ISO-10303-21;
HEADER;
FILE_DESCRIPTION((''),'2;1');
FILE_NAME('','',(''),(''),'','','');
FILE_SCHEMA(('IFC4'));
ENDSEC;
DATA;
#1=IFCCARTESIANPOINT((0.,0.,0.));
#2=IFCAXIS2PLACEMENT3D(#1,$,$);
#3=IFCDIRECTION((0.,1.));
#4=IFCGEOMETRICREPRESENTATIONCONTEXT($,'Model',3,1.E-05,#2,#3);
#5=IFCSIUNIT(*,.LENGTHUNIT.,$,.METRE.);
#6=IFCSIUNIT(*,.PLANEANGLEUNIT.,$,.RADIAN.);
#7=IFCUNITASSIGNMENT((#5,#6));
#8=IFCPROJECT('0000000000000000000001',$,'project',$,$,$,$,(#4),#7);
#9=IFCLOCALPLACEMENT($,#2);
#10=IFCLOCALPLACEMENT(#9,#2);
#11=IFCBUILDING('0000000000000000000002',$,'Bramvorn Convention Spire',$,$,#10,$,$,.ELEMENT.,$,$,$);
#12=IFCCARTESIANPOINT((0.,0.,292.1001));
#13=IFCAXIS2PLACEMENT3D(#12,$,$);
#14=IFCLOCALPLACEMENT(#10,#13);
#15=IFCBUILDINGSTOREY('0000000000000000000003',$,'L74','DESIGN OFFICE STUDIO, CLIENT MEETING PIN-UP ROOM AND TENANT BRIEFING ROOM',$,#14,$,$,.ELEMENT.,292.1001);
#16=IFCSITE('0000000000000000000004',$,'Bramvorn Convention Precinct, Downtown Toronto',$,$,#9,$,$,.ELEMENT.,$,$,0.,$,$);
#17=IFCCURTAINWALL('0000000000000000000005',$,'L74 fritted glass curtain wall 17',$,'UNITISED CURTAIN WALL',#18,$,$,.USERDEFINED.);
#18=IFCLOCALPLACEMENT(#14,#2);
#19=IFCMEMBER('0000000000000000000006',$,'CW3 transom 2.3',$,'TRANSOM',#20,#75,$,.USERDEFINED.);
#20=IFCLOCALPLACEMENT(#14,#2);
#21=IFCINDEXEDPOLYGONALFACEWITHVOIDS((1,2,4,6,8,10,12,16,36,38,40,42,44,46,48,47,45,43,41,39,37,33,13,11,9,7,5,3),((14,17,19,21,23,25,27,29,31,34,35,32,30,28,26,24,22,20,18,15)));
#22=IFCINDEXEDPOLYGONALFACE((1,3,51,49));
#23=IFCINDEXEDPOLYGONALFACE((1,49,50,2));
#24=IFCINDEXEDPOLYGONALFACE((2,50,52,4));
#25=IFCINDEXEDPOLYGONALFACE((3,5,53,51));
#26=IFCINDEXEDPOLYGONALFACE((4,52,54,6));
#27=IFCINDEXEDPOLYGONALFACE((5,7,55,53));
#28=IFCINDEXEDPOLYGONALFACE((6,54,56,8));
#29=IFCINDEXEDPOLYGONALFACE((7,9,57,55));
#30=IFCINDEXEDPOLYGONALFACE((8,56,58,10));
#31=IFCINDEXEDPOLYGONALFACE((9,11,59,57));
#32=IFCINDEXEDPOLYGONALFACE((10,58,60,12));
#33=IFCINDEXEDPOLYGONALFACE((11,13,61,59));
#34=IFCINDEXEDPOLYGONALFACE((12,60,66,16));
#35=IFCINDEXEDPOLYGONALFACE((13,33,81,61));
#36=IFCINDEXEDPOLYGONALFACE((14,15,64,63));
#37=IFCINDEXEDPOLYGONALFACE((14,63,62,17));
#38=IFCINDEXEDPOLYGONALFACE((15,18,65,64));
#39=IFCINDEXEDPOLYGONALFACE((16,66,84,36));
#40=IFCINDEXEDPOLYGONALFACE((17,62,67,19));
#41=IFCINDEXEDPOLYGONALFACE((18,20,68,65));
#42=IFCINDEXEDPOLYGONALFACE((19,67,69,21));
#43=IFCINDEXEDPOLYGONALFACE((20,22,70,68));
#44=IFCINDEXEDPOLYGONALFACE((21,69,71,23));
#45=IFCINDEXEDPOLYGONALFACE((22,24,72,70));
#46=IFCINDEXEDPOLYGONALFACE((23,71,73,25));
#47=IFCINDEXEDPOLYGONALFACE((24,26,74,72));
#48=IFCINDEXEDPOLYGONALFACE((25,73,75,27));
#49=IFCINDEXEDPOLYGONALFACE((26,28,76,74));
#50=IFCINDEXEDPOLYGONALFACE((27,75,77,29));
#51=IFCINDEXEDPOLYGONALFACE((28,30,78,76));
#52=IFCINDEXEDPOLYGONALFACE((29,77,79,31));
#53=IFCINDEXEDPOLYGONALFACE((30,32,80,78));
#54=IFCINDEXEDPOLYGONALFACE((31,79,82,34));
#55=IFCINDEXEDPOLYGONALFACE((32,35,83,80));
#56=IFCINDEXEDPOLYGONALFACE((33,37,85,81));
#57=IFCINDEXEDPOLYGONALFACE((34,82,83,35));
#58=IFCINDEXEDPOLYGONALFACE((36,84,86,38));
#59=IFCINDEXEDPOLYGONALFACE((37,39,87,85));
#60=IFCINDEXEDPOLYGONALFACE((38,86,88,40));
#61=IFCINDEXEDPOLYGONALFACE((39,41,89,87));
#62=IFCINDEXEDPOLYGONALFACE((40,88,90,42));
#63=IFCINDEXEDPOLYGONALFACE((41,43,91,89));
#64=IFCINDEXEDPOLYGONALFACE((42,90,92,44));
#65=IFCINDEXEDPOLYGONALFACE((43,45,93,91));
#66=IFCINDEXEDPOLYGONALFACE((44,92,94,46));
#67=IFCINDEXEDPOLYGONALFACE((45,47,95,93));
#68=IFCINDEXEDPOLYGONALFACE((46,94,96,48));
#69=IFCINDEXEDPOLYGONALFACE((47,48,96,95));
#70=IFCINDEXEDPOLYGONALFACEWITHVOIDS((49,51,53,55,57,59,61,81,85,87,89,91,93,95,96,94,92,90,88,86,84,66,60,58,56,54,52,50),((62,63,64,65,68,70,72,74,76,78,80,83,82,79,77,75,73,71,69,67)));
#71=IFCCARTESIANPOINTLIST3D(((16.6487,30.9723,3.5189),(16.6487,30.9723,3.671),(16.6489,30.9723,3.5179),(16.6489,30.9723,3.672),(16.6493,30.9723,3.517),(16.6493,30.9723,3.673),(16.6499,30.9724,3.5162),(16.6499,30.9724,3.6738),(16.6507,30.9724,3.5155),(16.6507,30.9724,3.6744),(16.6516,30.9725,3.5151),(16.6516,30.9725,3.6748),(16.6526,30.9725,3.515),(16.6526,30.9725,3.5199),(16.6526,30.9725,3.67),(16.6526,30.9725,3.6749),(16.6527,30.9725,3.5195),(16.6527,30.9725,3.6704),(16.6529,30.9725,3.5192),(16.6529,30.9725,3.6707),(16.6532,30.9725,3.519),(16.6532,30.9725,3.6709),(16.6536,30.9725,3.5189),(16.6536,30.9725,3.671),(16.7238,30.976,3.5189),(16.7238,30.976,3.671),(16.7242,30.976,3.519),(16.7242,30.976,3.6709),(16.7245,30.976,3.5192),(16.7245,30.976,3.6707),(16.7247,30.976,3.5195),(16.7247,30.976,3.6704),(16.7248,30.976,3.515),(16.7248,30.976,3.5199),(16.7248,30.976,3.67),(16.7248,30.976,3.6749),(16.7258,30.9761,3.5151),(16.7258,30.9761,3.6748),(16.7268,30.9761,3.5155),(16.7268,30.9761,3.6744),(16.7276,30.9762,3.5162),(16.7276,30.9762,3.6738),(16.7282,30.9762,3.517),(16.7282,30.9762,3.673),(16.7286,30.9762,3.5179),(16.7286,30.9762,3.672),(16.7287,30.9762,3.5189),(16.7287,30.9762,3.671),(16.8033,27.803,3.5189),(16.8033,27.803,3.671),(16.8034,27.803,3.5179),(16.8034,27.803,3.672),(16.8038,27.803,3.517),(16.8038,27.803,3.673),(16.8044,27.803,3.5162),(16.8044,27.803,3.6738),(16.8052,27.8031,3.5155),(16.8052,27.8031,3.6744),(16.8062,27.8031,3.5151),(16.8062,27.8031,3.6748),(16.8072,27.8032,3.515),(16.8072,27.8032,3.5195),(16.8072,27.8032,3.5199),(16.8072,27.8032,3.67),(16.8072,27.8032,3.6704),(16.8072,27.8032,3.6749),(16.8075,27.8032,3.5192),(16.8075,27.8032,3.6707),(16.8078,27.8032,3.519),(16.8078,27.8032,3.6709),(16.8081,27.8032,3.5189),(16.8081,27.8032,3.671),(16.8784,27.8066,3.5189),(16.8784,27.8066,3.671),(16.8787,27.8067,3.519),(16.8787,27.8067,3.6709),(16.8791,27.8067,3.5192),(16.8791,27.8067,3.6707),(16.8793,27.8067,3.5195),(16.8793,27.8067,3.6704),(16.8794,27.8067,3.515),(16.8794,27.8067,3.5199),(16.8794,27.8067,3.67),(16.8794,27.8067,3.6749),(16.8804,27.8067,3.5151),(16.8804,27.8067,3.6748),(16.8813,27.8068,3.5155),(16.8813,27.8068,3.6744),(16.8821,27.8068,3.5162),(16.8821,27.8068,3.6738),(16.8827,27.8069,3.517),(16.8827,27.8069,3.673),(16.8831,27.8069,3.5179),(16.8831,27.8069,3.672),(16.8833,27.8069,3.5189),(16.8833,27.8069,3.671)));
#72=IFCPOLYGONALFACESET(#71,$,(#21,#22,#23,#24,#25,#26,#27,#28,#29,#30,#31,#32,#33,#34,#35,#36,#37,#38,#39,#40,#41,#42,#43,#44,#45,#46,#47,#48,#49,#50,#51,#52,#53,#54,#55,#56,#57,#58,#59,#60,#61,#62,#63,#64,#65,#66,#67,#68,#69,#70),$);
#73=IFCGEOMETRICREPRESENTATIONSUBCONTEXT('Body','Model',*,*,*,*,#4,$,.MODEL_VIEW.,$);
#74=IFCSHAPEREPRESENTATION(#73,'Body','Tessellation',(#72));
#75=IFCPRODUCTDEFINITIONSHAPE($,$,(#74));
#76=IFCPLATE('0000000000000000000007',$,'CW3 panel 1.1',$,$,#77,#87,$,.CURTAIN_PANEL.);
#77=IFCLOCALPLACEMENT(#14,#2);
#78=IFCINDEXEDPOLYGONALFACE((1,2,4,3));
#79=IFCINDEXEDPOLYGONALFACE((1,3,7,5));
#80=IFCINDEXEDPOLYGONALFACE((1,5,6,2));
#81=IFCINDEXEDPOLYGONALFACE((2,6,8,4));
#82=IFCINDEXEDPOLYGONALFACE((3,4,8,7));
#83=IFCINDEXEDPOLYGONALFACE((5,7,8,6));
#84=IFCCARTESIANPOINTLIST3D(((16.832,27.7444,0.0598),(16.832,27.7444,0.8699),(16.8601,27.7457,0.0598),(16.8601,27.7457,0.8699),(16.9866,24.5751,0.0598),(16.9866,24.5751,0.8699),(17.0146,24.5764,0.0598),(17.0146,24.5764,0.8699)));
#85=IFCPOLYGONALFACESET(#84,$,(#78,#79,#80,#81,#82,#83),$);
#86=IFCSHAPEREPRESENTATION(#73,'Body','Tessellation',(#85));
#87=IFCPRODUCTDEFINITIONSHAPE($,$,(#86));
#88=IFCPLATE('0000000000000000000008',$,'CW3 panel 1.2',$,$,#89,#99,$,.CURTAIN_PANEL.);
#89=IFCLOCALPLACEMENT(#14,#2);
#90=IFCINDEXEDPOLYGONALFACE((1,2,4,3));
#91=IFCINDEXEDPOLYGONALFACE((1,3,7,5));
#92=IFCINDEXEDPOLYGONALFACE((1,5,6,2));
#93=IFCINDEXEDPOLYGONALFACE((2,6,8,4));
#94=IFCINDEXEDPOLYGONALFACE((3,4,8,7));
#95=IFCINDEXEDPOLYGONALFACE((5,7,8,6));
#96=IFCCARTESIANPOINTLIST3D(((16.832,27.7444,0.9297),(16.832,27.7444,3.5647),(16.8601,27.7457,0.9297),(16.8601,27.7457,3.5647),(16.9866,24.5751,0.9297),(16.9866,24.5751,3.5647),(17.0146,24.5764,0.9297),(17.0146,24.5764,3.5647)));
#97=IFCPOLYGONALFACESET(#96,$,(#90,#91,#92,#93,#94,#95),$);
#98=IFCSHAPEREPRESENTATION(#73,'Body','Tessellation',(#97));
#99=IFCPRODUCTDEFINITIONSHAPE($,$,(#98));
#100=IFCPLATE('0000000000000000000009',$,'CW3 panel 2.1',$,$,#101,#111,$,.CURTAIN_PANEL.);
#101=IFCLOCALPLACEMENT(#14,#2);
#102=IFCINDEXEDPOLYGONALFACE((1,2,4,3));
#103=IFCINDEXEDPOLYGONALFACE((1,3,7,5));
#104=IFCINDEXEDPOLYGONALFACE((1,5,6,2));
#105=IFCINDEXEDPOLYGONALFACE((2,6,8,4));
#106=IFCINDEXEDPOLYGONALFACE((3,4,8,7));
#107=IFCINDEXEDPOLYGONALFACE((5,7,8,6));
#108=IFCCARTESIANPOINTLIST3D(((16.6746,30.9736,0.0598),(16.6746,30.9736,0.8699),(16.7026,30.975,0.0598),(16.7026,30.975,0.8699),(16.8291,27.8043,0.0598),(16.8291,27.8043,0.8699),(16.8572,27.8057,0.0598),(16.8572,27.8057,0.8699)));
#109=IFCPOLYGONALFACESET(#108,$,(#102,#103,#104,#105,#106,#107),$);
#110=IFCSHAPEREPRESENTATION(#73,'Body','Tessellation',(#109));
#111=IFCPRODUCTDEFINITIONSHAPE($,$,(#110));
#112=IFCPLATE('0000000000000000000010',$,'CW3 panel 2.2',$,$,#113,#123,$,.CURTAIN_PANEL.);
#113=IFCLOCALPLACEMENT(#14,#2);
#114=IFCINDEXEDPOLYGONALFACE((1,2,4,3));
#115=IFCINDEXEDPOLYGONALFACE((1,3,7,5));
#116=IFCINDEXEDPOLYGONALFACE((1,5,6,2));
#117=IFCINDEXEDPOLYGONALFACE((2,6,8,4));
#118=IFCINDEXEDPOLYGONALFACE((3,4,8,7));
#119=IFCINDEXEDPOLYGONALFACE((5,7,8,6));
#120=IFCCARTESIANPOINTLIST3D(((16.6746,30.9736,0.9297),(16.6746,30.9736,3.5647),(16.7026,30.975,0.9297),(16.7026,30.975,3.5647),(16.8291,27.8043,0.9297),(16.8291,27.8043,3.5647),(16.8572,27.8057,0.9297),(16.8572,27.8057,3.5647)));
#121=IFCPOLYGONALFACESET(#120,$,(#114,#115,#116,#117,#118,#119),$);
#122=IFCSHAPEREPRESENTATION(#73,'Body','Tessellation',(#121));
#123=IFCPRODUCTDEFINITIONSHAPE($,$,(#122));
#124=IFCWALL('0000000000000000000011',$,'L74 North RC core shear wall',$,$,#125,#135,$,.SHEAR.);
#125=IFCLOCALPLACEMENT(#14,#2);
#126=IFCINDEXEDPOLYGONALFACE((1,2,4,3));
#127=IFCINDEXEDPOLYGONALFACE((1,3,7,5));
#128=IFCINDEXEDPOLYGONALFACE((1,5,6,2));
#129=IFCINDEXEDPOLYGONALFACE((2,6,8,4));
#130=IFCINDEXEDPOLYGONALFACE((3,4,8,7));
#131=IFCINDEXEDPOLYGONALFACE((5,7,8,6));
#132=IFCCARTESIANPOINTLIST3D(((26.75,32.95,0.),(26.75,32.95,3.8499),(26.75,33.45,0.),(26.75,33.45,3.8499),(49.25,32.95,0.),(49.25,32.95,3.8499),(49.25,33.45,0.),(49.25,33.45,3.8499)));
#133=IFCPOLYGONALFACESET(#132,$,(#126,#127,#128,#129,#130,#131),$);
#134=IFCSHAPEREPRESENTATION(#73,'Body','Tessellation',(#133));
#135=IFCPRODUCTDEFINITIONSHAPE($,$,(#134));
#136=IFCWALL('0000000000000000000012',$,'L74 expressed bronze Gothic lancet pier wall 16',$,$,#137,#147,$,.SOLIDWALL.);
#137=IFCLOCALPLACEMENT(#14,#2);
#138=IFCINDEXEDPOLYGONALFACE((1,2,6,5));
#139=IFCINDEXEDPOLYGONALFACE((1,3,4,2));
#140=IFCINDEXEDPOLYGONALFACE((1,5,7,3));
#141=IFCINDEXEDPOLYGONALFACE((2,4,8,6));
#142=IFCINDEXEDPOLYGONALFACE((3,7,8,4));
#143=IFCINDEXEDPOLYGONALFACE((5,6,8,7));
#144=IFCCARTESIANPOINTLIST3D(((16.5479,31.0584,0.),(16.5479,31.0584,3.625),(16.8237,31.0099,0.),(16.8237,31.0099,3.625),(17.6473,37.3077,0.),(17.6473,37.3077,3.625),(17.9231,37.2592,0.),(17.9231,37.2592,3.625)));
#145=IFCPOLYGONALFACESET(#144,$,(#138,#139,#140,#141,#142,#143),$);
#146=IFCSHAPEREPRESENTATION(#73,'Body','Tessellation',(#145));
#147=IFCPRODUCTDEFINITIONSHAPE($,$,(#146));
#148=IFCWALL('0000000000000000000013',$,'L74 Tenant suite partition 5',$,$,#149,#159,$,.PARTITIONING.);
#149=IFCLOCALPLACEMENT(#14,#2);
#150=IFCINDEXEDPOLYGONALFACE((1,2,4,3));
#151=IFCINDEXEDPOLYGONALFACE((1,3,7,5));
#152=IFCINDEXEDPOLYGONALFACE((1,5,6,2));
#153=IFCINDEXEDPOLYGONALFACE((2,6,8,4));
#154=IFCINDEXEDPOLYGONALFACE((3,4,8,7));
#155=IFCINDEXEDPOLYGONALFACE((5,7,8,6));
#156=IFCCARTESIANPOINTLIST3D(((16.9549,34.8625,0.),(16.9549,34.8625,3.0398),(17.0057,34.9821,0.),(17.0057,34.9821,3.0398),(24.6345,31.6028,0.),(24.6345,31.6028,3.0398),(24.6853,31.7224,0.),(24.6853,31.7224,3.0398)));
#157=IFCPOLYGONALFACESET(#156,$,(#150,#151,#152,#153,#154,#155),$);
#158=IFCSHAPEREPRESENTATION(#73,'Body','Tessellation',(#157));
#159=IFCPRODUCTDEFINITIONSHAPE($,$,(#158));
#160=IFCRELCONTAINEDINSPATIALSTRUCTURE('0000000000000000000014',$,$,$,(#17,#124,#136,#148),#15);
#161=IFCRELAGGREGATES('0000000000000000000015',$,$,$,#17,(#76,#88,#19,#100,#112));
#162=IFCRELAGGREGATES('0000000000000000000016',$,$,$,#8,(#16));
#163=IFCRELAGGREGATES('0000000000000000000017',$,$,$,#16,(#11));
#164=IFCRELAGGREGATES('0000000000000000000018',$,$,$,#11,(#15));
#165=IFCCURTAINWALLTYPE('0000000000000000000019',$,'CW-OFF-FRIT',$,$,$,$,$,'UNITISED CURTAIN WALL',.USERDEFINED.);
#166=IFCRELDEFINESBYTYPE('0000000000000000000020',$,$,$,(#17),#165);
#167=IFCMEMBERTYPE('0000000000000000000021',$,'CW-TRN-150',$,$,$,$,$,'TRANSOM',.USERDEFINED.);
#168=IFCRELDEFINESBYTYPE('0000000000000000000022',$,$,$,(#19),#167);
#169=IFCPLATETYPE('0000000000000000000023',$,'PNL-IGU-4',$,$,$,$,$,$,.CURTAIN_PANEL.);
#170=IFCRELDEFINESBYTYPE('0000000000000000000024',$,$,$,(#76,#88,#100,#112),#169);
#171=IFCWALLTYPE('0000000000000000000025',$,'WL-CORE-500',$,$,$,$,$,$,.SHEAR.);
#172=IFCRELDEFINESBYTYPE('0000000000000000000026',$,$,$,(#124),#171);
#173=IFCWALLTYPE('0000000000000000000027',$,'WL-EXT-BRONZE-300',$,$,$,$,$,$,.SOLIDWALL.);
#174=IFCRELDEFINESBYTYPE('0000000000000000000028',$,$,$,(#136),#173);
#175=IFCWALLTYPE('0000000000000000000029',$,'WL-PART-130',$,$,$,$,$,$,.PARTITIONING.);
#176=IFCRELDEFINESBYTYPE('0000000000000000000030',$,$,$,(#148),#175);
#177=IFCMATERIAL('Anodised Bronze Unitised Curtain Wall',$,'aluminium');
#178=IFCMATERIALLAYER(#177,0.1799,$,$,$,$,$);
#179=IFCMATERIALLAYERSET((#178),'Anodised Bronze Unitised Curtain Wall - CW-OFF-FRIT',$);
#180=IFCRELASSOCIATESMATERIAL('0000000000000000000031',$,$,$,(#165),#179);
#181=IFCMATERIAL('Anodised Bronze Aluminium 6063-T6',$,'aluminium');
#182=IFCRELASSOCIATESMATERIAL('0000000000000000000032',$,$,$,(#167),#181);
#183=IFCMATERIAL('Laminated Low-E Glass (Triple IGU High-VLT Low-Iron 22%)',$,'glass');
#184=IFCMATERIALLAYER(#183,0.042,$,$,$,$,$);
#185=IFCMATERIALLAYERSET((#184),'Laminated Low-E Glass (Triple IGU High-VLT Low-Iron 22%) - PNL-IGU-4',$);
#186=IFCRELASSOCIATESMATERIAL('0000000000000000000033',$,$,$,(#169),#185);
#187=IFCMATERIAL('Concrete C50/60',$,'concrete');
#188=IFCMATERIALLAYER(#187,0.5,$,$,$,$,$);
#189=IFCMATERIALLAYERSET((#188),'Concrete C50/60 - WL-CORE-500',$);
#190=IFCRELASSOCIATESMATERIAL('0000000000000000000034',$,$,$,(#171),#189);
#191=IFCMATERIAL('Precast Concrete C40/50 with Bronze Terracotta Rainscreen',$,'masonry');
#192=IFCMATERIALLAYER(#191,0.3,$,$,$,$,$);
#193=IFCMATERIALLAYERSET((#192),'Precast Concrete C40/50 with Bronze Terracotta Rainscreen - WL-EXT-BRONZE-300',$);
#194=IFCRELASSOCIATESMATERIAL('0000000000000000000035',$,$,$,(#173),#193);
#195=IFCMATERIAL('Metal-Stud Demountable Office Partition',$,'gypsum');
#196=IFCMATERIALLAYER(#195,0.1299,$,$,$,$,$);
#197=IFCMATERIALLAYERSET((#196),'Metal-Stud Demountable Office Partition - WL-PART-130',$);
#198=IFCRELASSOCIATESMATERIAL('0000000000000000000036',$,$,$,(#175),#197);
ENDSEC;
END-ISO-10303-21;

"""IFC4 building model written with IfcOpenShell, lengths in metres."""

from ifc_helpers import new_model, si_unit, direction, frame, frame_2d, origin, origin_2d, place, context, subcontext, project, spatial, rectangle, hollow_rectangle, extrude, material, layer, layer_set, material_profile, profile_set, type_object, element, aggregate, save


model = new_model("IFC4")

# Units and contexts
model_context = context("Model", 3, precision=1e-05, world=origin(), true_north=direction((0.0, 1.0)))
body_context = subcontext(model_context, "Body", "Model", "MODEL_VIEW")
ifc_project = project(units=[si_unit("LENGTHUNIT", "METRE"), si_unit("PLANEANGLEUNIT", "RADIAN")], contexts=[model_context])

# Site, building, storey
site_placement = place(None, origin())
site = spatial("IfcSite", under=ifc_project, at=site_placement, Name="Bramvorn Convention Precinct, Downtown Toronto", CompositionType="ELEMENT", RefElevation=0.0)
building_placement = place(site_placement, origin())
building = spatial("IfcBuilding", under=site, at=building_placement, Name="Bramvorn Convention Spire", CompositionType="ELEMENT")
storey_placement = place(building_placement, frame((0.0, 0.0, 292.1001)))
storey = spatial("IfcBuildingStorey", under=building, at=storey_placement, Name="L74", Description="DESIGN OFFICE STUDIO, CLIENT MEETING PIN-UP ROOM AND TENANT BRIEFING ROOM", CompositionType="ELEMENT", Elevation=292.1001)

# Curtain wall, member, plates
ifc_material_1 = material(Name="Anodised Bronze Unitised Curtain Wall", Category="aluminium")
ifc_layer_1 = layer(ifc_material_1, 0.1799)
ifc_layer_set_1 = layer_set([ifc_layer_1], Name="Anodised Bronze Unitised Curtain Wall - CW-OFF-FRIT")
curtain_wall_type = type_object("IfcCurtainWallType", Name="CW-OFF-FRIT", ElementType="UNITISED CURTAIN WALL", PredefinedType="USERDEFINED", material=ifc_layer_set_1)
curtain_wall_placement = place(storey_placement, origin())
curtain_wall = element("IfcCurtainWall", 1, at=curtain_wall_placement, inside=storey, type_object=curtain_wall_type, Name="L74 fritted glass curtain wall 17", ObjectType="UNITISED CURTAIN WALL", PredefinedType="USERDEFINED")
ifc_material_2 = material(Name="Anodised Bronze Aluminium 6063-T6", Category="aluminium")
ifc_material_profile_1 = material_profile(ifc_material_2, hollow_rectangle(XDim=0.0801, YDim=0.1599, WallThickness=0.0039, InnerFilletRadius=0.001, OuterFilletRadius=0.0039, at=origin_2d()))
ifc_profile_set_1 = profile_set([ifc_material_profile_1], Name="Anodised Bronze Aluminium 6063-T6 - CWT80X160")
member_type_1 = type_object("IfcMemberType", Name="CW-TRN-150", ElementType="TRANSOM", PredefinedType="USERDEFINED", material=ifc_profile_set_1)
member_1_placement = place(storey_placement, frame((16.8433, 27.8049, 3.595), z_axis=(-0.048702, 0.998813, 0.0), x_axis=(-0.998813, -0.048702, 0.0)))
member_1 = element("IfcMember", 2, at=member_1_placement, type_object=member_type_1, Name="CW3 transom 2.3", ObjectType="TRANSOM", PredefinedType="USERDEFINED", context=body_context, shape_type="SweptSolid", body=[
    extrude(hollow_rectangle(XDim=0.0801, YDim=0.1599, WallThickness=0.0039, InnerFilletRadius=0.001, OuterFilletRadius=0.0039, at=origin_2d()), origin(), (0.0, 0.0, 1.0), 3.1731),
])
ifc_material_3 = material(Name="Laminated Low-E Glass (Triple IGU High-VLT Low-Iron 22%)", Category="glass")
ifc_layer_2 = layer(ifc_material_3, 0.042)
ifc_layer_set_2 = layer_set([ifc_layer_2], Name="Laminated Low-E Glass (Triple IGU High-VLT Low-Iron 22%) - PNL-IGU-4")
plate_type = type_object("IfcPlateType", Name="PNL-IGU-4", PredefinedType="CURTAIN_PANEL", material=ifc_layer_set_2)
plate_1_placement = place(storey_placement, frame((16.9233, 26.1604, 0.0598), z_axis=(0.0, 0.0, 1.0), x_axis=(-0.048711, 0.998813, 0.0)))
plate_1 = element("IfcPlate", 3, at=plate_1_placement, type_object=plate_type, Name="CW3 panel 1.1", PredefinedType="CURTAIN_PANEL", context=body_context, shape_type="SweptSolid", body=[
    extrude(rectangle(XDim=3.1731, YDim=0.0281, at=origin_2d()), origin(), (0.0, 0.0, 1.0), 0.8101),
])
plate_2_placement = place(storey_placement, frame((16.9233, 26.1604, 0.9297), z_axis=(0.0, 0.0, 1.0), x_axis=(-0.048711, 0.998813, 0.0)))
plate_2 = element("IfcPlate", 4, at=plate_2_placement, type_object=plate_type, Name="CW3 panel 1.2", PredefinedType="CURTAIN_PANEL", context=body_context, shape_type="SweptSolid", body=[
    extrude(rectangle(XDim=3.1731, YDim=0.0281, at=origin_2d()), origin(), (0.0, 0.0, 1.0), 2.635),
])
plate_3_placement = place(storey_placement, frame((16.7659, 29.3896, 0.0598), z_axis=(0.0, 0.0, 1.0), x_axis=(-0.048711, 0.998813, 0.0)))
plate_3 = element("IfcPlate", 5, at=plate_3_placement, type_object=plate_type, Name="CW3 panel 2.1", PredefinedType="CURTAIN_PANEL", context=body_context, shape_type="SweptSolid", body=[
    extrude(rectangle(XDim=3.1731, YDim=0.0281, at=origin_2d()), origin(), (0.0, 0.0, 1.0), 0.8101),
])
plate_4_placement = place(storey_placement, frame((16.7659, 29.3896, 0.9297), z_axis=(0.0, 0.0, 1.0), x_axis=(-0.048711, 0.998813, 0.0)))
plate_4 = element("IfcPlate", 6, at=plate_4_placement, type_object=plate_type, Name="CW3 panel 2.2", PredefinedType="CURTAIN_PANEL", context=body_context, shape_type="SweptSolid", body=[
    extrude(rectangle(XDim=3.1731, YDim=0.0281, at=origin_2d()), origin(), (0.0, 0.0, 1.0), 2.635),
])
aggregate(curtain_wall, [plate_1, plate_2, member_1, plate_3, plate_4])

# Walls
ifc_material_4 = material(Name="Concrete C50/60", Category="concrete")
ifc_layer_3 = layer(ifc_material_4, 0.5)
ifc_layer_set_3 = layer_set([ifc_layer_3], Name="Concrete C50/60 - WL-CORE-500")
wall_type_1 = type_object("IfcWallType", Name="WL-CORE-500", PredefinedType="SHEAR", material=ifc_layer_set_3)
wall_1_placement = place(storey_placement, frame((26.75, 33.2, 0.0), z_axis=(0.0, 0.0, 1.0), x_axis=(1.0, 0.0, 0.0)))
element("IfcWall", 7, at=wall_1_placement, inside=storey, type_object=wall_type_1, Name="L74 North RC core shear wall", PredefinedType="SHEAR", context=body_context, shape_type="SweptSolid", body=[
    extrude(rectangle(XDim=22.5, YDim=0.5, at=frame_2d((11.25, 0.0))), origin(), (0.0, 0.0, 1.0), 3.8499),
])
ifc_material_5 = material(Name="Precast Concrete C40/50 with Bronze Terracotta Rainscreen", Category="masonry")
ifc_layer_4 = layer(ifc_material_5, 0.3)
ifc_layer_set_4 = layer_set([ifc_layer_4], Name="Precast Concrete C40/50 with Bronze Terracotta Rainscreen - WL-EXT-BRONZE-300")
wall_type_2 = type_object("IfcWallType", Name="WL-EXT-BRONZE-300", PredefinedType="SOLIDWALL", material=ifc_layer_set_4)
wall_2_placement = place(storey_placement, frame((16.6858, 31.0342, 0.0), z_axis=(0.0, 0.0, 1.0), x_axis=(0.173259, 0.984876, 0.0)))
element("IfcWall", 8, at=wall_2_placement, inside=storey, type_object=wall_type_2, Name="L74 expressed bronze Gothic lancet pier wall 16", PredefinedType="SOLIDWALL", context=body_context, shape_type="SweptSolid", body=[
    extrude(rectangle(XDim=6.3452, YDim=0.28, at=frame_2d((3.1726, 0.0))), origin(), (0.0, 0.0, 1.0), 3.625),
])
ifc_material_6 = material(Name="Metal-Stud Demountable Office Partition", Category="gypsum")
ifc_layer_5 = layer(ifc_material_6, 0.1299)
ifc_layer_set_5 = layer_set([ifc_layer_5], Name="Metal-Stud Demountable Office Partition - WL-PART-130")
wall_type_3 = type_object("IfcWallType", Name="WL-PART-130", PredefinedType="PARTITIONING", material=ifc_layer_set_5)
wall_3_placement = place(storey_placement, frame((24.6599, 31.6626, 0.0), z_axis=(0.0, 0.0, 1.0), x_axis=(-0.920508, 0.390724, 0.0)))
element("IfcWall", 9, at=wall_3_placement, inside=storey, type_object=wall_type_3, Name="L74 Tenant suite partition 5", PredefinedType="PARTITIONING", context=body_context, shape_type="SweptSolid", body=[
    extrude(rectangle(XDim=8.3428, YDim=0.1299, at=frame_2d((4.1714, 0.0))), origin(), (0.0, 0.0, 1.0), 3.0398),
])

save(model, "model.ifc")
